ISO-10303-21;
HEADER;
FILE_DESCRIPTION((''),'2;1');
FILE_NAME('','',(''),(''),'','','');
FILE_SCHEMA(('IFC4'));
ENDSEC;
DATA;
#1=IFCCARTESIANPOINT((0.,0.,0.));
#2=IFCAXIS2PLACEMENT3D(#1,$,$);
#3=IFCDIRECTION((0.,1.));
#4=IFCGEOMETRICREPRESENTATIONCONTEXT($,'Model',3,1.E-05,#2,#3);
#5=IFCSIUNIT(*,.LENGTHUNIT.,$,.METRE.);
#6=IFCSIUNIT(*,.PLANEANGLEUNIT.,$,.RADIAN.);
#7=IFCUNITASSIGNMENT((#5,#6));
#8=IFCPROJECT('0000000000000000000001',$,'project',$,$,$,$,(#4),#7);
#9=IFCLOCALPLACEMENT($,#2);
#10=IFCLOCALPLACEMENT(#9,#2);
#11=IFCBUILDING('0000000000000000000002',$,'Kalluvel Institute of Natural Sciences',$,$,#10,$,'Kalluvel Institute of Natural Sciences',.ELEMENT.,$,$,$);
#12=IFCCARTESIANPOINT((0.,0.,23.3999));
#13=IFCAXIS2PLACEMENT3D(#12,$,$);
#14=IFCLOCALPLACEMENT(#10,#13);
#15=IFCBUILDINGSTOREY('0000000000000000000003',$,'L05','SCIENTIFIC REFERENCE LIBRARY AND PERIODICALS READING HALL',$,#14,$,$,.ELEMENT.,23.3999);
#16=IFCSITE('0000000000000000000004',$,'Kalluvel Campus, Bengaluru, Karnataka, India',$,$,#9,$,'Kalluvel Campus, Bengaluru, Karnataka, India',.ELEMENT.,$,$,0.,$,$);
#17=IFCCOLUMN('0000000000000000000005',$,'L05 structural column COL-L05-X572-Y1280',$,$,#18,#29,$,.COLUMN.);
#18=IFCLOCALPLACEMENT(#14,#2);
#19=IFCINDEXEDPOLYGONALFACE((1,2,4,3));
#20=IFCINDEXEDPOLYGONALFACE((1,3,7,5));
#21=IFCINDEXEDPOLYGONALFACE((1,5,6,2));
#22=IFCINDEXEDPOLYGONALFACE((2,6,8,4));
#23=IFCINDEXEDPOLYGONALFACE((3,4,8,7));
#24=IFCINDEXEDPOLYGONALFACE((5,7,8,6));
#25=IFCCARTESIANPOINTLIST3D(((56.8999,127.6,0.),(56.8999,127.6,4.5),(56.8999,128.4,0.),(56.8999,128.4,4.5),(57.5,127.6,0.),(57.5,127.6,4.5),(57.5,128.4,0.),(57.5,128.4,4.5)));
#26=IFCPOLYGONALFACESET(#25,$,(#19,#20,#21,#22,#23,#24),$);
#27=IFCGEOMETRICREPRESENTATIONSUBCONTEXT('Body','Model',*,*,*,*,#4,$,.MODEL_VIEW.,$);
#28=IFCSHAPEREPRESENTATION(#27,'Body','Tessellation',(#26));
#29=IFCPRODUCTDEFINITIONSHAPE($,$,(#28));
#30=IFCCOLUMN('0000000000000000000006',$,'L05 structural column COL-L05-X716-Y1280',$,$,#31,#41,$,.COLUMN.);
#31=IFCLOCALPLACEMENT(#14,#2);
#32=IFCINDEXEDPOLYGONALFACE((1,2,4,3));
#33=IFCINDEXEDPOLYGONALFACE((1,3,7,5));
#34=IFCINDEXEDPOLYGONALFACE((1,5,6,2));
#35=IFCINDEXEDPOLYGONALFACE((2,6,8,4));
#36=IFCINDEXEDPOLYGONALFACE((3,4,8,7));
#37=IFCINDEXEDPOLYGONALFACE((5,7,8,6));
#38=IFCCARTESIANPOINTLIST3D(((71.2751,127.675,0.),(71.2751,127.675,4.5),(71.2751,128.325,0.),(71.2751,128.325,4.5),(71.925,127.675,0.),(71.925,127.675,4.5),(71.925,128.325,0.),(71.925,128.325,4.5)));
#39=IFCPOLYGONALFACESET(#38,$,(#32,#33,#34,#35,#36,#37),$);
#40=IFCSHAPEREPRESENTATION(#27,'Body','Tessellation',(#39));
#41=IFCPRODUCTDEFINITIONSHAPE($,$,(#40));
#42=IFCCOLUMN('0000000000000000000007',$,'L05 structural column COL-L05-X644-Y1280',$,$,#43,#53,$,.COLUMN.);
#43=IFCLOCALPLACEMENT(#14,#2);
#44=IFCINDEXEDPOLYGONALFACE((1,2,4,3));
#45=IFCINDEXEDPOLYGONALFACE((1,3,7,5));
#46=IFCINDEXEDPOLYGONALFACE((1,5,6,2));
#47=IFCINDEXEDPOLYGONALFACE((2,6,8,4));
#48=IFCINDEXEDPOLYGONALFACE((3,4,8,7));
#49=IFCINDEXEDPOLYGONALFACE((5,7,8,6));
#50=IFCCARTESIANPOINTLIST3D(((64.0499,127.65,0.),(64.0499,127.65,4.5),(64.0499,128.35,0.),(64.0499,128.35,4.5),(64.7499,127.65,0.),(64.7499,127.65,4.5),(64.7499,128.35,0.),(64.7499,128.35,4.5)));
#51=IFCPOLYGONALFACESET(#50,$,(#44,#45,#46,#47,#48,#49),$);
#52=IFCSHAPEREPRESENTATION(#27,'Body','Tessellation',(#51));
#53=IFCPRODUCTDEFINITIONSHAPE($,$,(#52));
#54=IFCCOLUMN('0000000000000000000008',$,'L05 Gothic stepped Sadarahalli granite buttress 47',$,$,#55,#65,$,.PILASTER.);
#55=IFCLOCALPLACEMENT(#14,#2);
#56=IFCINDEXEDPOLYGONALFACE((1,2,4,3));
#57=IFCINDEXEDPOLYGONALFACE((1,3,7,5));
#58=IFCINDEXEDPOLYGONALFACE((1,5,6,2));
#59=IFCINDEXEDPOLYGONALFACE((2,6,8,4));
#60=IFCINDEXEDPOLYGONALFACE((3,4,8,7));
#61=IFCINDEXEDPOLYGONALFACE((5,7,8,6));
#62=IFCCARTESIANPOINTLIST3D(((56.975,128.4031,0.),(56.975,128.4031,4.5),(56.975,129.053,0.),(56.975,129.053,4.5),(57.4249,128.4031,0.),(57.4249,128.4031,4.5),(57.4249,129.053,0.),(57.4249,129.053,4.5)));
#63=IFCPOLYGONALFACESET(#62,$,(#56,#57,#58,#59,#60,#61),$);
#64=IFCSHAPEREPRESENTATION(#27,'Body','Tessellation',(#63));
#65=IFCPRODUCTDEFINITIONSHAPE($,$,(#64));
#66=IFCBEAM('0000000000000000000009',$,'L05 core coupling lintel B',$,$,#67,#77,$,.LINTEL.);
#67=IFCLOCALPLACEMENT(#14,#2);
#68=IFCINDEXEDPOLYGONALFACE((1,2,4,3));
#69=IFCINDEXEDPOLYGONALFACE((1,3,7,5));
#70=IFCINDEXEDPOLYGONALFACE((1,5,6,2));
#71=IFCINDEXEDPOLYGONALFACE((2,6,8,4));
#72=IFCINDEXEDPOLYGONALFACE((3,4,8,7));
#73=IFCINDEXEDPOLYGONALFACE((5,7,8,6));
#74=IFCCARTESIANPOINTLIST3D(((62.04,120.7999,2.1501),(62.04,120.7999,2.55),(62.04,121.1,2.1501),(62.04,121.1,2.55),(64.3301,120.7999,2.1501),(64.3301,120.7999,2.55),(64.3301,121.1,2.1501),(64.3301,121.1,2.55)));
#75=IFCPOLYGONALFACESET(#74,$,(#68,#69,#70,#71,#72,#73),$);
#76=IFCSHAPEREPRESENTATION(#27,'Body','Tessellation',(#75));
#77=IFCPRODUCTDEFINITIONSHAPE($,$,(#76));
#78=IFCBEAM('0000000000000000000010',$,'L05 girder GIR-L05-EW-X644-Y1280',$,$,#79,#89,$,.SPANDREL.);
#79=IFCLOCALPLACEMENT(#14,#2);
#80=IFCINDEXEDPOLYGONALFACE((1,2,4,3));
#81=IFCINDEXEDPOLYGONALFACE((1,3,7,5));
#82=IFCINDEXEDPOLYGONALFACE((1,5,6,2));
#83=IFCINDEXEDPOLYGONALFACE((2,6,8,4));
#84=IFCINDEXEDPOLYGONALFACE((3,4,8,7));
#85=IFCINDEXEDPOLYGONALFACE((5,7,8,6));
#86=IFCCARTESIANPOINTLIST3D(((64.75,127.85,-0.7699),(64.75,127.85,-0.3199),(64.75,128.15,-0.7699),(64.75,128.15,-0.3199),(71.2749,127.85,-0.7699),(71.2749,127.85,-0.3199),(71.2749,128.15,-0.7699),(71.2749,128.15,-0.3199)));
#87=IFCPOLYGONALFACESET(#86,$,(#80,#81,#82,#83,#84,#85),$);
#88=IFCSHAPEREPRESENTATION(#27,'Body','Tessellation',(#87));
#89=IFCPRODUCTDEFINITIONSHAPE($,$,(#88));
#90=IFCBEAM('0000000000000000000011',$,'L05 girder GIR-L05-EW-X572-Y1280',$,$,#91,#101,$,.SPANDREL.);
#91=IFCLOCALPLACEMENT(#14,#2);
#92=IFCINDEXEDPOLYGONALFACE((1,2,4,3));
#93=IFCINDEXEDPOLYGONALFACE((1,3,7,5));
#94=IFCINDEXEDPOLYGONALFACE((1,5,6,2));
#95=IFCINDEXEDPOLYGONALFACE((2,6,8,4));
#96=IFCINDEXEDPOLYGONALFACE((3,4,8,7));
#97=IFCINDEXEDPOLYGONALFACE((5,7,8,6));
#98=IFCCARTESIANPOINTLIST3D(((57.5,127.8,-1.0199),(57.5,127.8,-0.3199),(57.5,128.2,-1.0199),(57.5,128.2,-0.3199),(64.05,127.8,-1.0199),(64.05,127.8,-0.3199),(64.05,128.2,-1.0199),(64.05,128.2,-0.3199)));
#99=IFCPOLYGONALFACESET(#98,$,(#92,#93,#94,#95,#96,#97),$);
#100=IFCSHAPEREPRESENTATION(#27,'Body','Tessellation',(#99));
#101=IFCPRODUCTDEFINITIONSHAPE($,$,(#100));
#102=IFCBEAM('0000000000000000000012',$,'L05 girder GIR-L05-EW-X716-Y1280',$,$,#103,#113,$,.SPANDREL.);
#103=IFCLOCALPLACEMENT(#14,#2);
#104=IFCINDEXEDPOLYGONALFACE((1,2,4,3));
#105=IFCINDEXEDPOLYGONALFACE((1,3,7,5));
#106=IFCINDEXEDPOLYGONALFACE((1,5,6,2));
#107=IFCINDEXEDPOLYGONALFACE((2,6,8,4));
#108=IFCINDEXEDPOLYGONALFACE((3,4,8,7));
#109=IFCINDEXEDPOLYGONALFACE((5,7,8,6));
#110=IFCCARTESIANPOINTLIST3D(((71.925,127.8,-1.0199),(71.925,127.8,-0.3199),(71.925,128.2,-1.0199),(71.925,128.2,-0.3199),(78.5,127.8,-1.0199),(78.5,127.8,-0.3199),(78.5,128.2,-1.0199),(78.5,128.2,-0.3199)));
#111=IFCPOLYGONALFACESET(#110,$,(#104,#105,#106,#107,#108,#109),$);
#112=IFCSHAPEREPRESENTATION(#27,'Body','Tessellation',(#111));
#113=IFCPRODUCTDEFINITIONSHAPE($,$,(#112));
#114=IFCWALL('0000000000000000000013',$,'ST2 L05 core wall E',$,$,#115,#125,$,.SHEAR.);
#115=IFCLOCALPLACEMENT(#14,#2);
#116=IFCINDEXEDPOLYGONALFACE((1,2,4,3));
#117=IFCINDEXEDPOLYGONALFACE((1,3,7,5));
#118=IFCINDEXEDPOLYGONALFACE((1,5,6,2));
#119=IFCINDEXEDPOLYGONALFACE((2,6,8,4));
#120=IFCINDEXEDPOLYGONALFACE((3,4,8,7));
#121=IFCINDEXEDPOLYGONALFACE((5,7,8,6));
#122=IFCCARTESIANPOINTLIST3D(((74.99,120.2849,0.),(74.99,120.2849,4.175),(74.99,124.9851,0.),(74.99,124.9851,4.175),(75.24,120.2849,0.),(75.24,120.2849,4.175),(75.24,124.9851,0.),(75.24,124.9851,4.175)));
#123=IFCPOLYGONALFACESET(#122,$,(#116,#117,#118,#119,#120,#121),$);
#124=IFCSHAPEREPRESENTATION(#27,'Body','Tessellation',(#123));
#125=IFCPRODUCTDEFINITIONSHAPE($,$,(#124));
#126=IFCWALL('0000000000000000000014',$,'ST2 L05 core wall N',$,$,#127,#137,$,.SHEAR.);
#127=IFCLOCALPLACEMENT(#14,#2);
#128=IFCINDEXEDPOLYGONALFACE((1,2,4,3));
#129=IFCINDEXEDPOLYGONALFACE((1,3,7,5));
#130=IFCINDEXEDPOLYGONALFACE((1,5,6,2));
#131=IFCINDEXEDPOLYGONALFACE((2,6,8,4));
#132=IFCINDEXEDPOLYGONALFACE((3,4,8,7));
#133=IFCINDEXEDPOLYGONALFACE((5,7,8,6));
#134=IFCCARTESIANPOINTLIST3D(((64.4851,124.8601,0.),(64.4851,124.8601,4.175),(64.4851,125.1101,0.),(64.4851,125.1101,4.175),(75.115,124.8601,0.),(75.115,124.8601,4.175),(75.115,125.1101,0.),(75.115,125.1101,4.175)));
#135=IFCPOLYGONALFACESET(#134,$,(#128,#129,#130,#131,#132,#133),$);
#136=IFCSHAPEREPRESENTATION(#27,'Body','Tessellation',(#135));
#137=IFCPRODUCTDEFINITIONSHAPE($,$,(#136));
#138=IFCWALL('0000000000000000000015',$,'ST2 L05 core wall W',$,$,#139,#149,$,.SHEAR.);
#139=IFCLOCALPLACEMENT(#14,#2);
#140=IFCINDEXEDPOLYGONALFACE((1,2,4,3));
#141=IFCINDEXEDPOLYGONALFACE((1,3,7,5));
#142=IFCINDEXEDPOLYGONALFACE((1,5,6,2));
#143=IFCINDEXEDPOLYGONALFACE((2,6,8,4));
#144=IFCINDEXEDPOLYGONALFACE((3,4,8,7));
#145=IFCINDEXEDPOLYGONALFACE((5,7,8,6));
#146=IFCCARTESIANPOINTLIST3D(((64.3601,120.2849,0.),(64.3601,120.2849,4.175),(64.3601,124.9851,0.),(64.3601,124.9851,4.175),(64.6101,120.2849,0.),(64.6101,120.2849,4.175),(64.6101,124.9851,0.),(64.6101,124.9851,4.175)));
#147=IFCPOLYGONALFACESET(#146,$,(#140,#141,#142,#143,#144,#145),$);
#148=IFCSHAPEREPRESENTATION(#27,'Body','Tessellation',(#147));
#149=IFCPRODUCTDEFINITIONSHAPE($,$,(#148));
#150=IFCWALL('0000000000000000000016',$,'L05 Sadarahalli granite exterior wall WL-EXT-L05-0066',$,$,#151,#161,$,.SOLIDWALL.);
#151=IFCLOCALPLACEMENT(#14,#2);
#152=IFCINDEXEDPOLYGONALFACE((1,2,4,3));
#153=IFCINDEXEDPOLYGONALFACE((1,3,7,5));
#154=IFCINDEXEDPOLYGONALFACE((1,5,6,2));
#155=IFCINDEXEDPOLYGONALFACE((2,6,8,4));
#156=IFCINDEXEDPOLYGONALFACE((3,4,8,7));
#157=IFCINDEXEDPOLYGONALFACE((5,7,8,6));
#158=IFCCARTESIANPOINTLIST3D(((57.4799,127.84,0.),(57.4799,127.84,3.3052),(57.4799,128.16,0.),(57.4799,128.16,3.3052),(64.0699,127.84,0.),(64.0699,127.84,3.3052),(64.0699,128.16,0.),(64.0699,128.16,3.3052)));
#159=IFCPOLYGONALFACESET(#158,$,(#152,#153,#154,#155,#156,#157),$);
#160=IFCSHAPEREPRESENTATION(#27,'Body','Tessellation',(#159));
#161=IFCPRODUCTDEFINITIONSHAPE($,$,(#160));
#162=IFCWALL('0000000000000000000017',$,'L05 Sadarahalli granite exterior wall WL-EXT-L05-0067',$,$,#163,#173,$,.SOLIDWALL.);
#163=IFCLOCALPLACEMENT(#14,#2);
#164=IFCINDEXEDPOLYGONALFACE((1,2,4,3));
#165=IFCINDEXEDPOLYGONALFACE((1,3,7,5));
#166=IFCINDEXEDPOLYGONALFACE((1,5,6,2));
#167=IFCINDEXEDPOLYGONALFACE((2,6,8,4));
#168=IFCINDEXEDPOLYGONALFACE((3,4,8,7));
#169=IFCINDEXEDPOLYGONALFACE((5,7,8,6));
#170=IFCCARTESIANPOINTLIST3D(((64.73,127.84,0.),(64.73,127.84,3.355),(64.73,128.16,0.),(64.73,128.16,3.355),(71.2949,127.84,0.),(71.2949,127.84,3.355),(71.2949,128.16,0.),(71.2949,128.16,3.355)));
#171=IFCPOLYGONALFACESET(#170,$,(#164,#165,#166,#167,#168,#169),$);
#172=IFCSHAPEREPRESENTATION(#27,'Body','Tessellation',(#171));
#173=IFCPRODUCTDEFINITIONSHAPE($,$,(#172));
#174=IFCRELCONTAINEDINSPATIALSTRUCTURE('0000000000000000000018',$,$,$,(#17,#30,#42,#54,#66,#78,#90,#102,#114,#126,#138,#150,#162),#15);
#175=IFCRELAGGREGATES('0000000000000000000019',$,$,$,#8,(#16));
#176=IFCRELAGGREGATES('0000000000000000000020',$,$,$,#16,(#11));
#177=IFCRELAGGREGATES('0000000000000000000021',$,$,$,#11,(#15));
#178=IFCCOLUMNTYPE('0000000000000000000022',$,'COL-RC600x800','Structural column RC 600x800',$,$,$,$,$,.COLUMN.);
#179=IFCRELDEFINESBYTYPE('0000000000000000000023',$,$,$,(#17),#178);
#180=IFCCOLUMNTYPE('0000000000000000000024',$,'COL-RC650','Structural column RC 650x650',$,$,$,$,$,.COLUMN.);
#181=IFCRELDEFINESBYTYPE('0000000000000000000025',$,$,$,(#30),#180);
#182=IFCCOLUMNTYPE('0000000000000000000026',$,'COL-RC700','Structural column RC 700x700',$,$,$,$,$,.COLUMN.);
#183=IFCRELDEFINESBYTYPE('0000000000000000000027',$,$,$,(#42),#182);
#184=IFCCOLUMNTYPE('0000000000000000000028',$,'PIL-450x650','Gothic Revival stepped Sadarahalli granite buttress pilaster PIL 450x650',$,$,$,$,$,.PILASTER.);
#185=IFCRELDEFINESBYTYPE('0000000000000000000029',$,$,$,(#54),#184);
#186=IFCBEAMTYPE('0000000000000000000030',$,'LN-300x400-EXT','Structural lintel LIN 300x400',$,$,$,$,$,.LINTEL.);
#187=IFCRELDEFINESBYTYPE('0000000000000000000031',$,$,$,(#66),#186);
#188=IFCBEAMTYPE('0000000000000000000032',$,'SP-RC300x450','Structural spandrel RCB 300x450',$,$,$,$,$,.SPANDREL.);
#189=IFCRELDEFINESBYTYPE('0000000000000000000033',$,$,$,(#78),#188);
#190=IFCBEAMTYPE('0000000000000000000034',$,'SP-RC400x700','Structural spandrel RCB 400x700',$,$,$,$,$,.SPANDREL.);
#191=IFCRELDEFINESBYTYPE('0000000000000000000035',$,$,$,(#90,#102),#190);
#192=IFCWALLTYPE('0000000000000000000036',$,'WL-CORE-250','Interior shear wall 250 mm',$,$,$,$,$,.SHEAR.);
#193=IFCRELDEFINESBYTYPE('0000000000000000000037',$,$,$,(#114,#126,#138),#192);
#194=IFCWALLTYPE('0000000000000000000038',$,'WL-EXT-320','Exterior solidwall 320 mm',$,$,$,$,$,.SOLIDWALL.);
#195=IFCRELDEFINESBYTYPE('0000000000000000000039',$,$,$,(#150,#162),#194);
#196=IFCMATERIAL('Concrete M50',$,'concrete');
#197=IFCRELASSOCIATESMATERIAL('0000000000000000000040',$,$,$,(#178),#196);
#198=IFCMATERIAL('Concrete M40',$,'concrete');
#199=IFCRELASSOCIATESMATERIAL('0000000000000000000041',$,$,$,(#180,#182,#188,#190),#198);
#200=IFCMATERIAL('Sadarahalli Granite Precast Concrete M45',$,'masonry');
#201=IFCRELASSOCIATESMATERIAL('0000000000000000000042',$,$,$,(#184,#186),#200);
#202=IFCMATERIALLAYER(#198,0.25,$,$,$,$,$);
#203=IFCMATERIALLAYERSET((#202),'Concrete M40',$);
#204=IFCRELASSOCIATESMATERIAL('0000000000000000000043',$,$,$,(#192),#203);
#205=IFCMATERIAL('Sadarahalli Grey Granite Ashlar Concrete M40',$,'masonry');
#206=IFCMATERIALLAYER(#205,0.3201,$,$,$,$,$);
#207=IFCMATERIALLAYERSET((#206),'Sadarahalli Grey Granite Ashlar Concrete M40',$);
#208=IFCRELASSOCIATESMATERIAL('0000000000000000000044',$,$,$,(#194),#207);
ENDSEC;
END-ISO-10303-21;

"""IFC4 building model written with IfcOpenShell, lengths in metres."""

from ifc_helpers import new_model, si_unit, direction, frame, frame_2d, origin, origin_2d, place, context, subcontext, project, spatial, rectangle, extrude, material, layer, layer_set, material_profile, profile_set, type_object, element, save


model = new_model("IFC4")

# Units and contexts
model_context = context("Model", 3, precision=1e-05, world=origin(), true_north=direction((0.0, 1.0)))
body_context = subcontext(model_context, "Body", "Model", "MODEL_VIEW")
ifc_project = project(units=[si_unit("LENGTHUNIT", "METRE"), si_unit("PLANEANGLEUNIT", "RADIAN")], contexts=[model_context])

# Site, building, storey
site_placement = place(None, origin())
site = spatial("IfcSite", under=ifc_project, at=site_placement, Name="Kalluvel Campus, Bengaluru, Karnataka, India", LongName="Kalluvel Campus, Bengaluru, Karnataka, India", CompositionType="ELEMENT", RefElevation=0.0)
building_placement = place(site_placement, origin())
building = spatial("IfcBuilding", under=site, at=building_placement, Name="Kalluvel Institute of Natural Sciences", LongName="Kalluvel Institute of Natural Sciences", CompositionType="ELEMENT")
storey_placement = place(building_placement, frame((0.0, 0.0, 23.3999)))
storey = spatial("IfcBuildingStorey", under=building, at=storey_placement, Name="L05", Description="SCIENTIFIC REFERENCE LIBRARY AND PERIODICALS READING HALL", CompositionType="ELEMENT", Elevation=23.3999)

# Columns
ifc_material_1 = material(Name="Concrete M50", Category="concrete")
ifc_material_profile_1 = material_profile(ifc_material_1, rectangle(XDim=0.6001, YDim=0.8, at=origin_2d()), Name="RC 600x800")
ifc_profile_set_1 = profile_set([ifc_material_profile_1], Name="Concrete M50")
column_type_1 = type_object("IfcColumnType", Name="COL-RC600x800", Description="Structural column RC 600x800", PredefinedType="COLUMN", material=ifc_profile_set_1)
column_1_placement = place(storey_placement, frame((57.2, 128.0, 0.0), z_axis=(0.0, 0.0, 1.0), x_axis=(1.0, 0.0, 0.0)))
element("IfcColumn", 1, at=column_1_placement, inside=storey, type_object=column_type_1, Name="L05 structural column COL-L05-X572-Y1280", PredefinedType="COLUMN", context=body_context, shape_type="SweptSolid", body=[
    extrude(rectangle(XDim=0.6001, YDim=0.8, at=origin_2d()), origin(), (0.0, 0.0, 1.0), 4.5),
])
ifc_material_2 = material(Name="Concrete M40", Category="concrete")
ifc_material_profile_2 = material_profile(ifc_material_2, rectangle(XDim=0.6499, YDim=0.6499, at=origin_2d()), Name="RC 650x650")
ifc_profile_set_2 = profile_set([ifc_material_profile_2], Name="Concrete M40")
column_type_2 = type_object("IfcColumnType", Name="COL-RC650", Description="Structural column RC 650x650", PredefinedType="COLUMN", material=ifc_profile_set_2)
column_2_placement = place(storey_placement, frame((71.6001, 128.0, 0.0), z_axis=(0.0, 0.0, 1.0), x_axis=(1.0, 0.0, 0.0)))
element("IfcColumn", 2, at=column_2_placement, inside=storey, type_object=column_type_2, Name="L05 structural column COL-L05-X716-Y1280", PredefinedType="COLUMN", context=body_context, shape_type="SweptSolid", body=[
    extrude(rectangle(XDim=0.6499, YDim=0.6499, at=origin_2d()), origin(), (0.0, 0.0, 1.0), 4.5),
])
ifc_material_profile_3 = material_profile(ifc_material_2, rectangle(XDim=0.7, YDim=0.7, at=origin_2d()), Name="RC 700x700")
ifc_profile_set_3 = profile_set([ifc_material_profile_3], Name="Concrete M40")
column_type_3 = type_object("IfcColumnType", Name="COL-RC700", Description="Structural column RC 700x700", PredefinedType="COLUMN", material=ifc_profile_set_3)
column_3_placement = place(storey_placement, frame((64.3999, 128.0, 0.0), z_axis=(0.0, 0.0, 1.0), x_axis=(1.0, 0.0, 0.0)))
element("IfcColumn", 3, at=column_3_placement, inside=storey, type_object=column_type_3, Name="L05 structural column COL-L05-X644-Y1280", PredefinedType="COLUMN", context=body_context, shape_type="SweptSolid", body=[
    extrude(rectangle(XDim=0.7, YDim=0.7, at=origin_2d()), origin(), (0.0, 0.0, 1.0), 4.5),
])
ifc_material_3 = material(Name="Sadarahalli Granite Precast Concrete M45", Category="masonry")
ifc_material_profile_4 = material_profile(ifc_material_3, rectangle(XDim=0.45, YDim=0.6499, at=origin_2d()), Name="PIL 450x650")
ifc_profile_set_4 = profile_set([ifc_material_profile_4], Name="Sadarahalli Granite Precast Concrete M45")
column_type_4 = type_object("IfcColumnType", Name="PIL-450x650", Description="Gothic Revival stepped Sadarahalli granite buttress pilaster PIL 450x650", PredefinedType="PILASTER", material=ifc_profile_set_4)
column_4_placement = place(storey_placement, frame((57.2, 128.728, 0.0), z_axis=(0.0, 0.0, 1.0), x_axis=(1.0, 0.0, 0.0)))
element("IfcColumn", 4, at=column_4_placement, inside=storey, type_object=column_type_4, Name="L05 Gothic stepped Sadarahalli granite buttress 47", PredefinedType="PILASTER", context=body_context, shape_type="SweptSolid", body=[
    extrude(rectangle(XDim=0.45, YDim=0.6499, at=origin_2d()), origin(), (0.0, 0.0, 1.0), 4.5),
])

# Beams
ifc_material_profile_5 = material_profile(ifc_material_3, rectangle(XDim=0.3, YDim=0.3999, at=origin_2d()), Name="LIN 300x400")
ifc_profile_set_5 = profile_set([ifc_material_profile_5], Name="Sadarahalli Granite Precast Concrete M45")
beam_type_1 = type_object("IfcBeamType", Name="LN-300x400-EXT", Description="Structural lintel LIN 300x400", PredefinedType="LINTEL", material=ifc_profile_set_5)
beam_1_placement = place(storey_placement, frame((62.04, 120.95, 2.3501), z_axis=(1.0, 0.0, 0.0), x_axis=(0.0, 1.0, 0.0)))
element("IfcBeam", 5, at=beam_1_placement, inside=storey, type_object=beam_type_1, Name="L05 core coupling lintel B", PredefinedType="LINTEL", context=body_context, shape_type="SweptSolid", body=[
    extrude(rectangle(XDim=0.3, YDim=0.3999, at=origin_2d()), origin(), (0.0, 0.0, 1.0), 2.29),
])
ifc_material_profile_6 = material_profile(ifc_material_2, rectangle(XDim=0.3, YDim=0.45, at=origin_2d()), Name="RCB 300x450")
ifc_profile_set_6 = profile_set([ifc_material_profile_6], Name="Concrete M40")
beam_type_2 = type_object("IfcBeamType", Name="SP-RC300x450", Description="Structural spandrel RCB 300x450", PredefinedType="SPANDREL", material=ifc_profile_set_6)
beam_2_placement = place(storey_placement, frame((64.75, 128.0, -0.5449), z_axis=(1.0, 0.0, 0.0), x_axis=(0.0, 1.0, 0.0)))
element("IfcBeam", 6, at=beam_2_placement, inside=storey, type_object=beam_type_2, Name="L05 girder GIR-L05-EW-X644-Y1280", PredefinedType="SPANDREL", context=body_context, shape_type="SweptSolid", body=[
    extrude(rectangle(XDim=0.3, YDim=0.45, at=origin_2d()), origin(), (0.0, 0.0, 1.0), 6.5249),
])
ifc_material_profile_7 = material_profile(ifc_material_2, rectangle(XDim=0.3999, YDim=0.7, at=origin_2d()), Name="RCB 400x700")
ifc_profile_set_7 = profile_set([ifc_material_profile_7], Name="Concrete M40")
beam_type_3 = type_object("IfcBeamType", Name="SP-RC400x700", Description="Structural spandrel RCB 400x700", PredefinedType="SPANDREL", material=ifc_profile_set_7)
beam_3_placement = place(storey_placement, frame((57.5, 128.0, -0.6699), z_axis=(1.0, 0.0, 0.0), x_axis=(0.0, 1.0, 0.0)))
element("IfcBeam", 7, at=beam_3_placement, inside=storey, type_object=beam_type_3, Name="L05 girder GIR-L05-EW-X572-Y1280", PredefinedType="SPANDREL", context=body_context, shape_type="SweptSolid", body=[
    extrude(rectangle(XDim=0.3999, YDim=0.7, at=origin_2d()), origin(), (0.0, 0.0, 1.0), 6.55),
])
beam_4_placement = place(storey_placement, frame((71.925, 128.0, -0.6699), z_axis=(1.0, 0.0, 0.0), x_axis=(0.0, 1.0, 0.0)))
element("IfcBeam", 8, at=beam_4_placement, inside=storey, type_object=beam_type_3, Name="L05 girder GIR-L05-EW-X716-Y1280", PredefinedType="SPANDREL", context=body_context, shape_type="SweptSolid", body=[
    extrude(rectangle(XDim=0.3999, YDim=0.7, at=origin_2d()), origin(), (0.0, 0.0, 1.0), 6.575),
])

# Walls
ifc_layer_1 = layer(ifc_material_2, 0.25)
ifc_layer_set_1 = layer_set([ifc_layer_1], Name="Concrete M40")
wall_type_1 = type_object("IfcWallType", Name="WL-CORE-250", Description="Interior shear wall 250 mm", PredefinedType="SHEAR", material=ifc_layer_set_1)
wall_1_placement = place(storey_placement, frame((75.115, 120.2849, 0.0), z_axis=(0.0, 0.0, 1.0), x_axis=(0.0, 1.0, 0.0)))
element("IfcWall", 9, at=wall_1_placement, inside=storey, type_object=wall_type_1, Name="ST2 L05 core wall E", PredefinedType="SHEAR", context=body_context, shape_type="SweptSolid", body=[
    extrude(rectangle(XDim=4.7002, YDim=0.25, at=frame_2d((2.3501, 0.0))), origin(), (0.0, 0.0, 1.0), 4.175),
])
wall_2_placement = place(storey_placement, frame((75.115, 124.9851, 0.0), z_axis=(0.0, 0.0, 1.0), x_axis=(-1.0, 0.0, 0.0)))
element("IfcWall", 10, at=wall_2_placement, inside=storey, type_object=wall_type_1, Name="ST2 L05 core wall N", PredefinedType="SHEAR", context=body_context, shape_type="SweptSolid", body=[
    extrude(rectangle(XDim=10.6299, YDim=0.25, at=frame_2d((5.3149, 0.0))), origin(), (0.0, 0.0, 1.0), 4.175),
])
wall_3_placement = place(storey_placement, frame((64.4851, 124.9851, 0.0), z_axis=(0.0, 0.0, 1.0), x_axis=(0.0, -1.0, 0.0)))
element("IfcWall", 11, at=wall_3_placement, inside=storey, type_object=wall_type_1, Name="ST2 L05 core wall W", PredefinedType="SHEAR", context=body_context, shape_type="SweptSolid", body=[
    extrude(rectangle(XDim=4.7002, YDim=0.25, at=frame_2d((2.3501, 0.0))), origin(), (0.0, 0.0, 1.0), 4.175),
])
ifc_material_4 = material(Name="Sadarahalli Grey Granite Ashlar Concrete M40", Category="masonry")
ifc_layer_2 = layer(ifc_material_4, 0.3201)
ifc_layer_set_2 = layer_set([ifc_layer_2], Name="Sadarahalli Grey Granite Ashlar Concrete M40")
wall_type_2 = type_object("IfcWallType", Name="WL-EXT-320", Description="Exterior solidwall 320 mm", PredefinedType="SOLIDWALL", material=ifc_layer_set_2)
wall_4_placement = place(storey_placement, frame((57.48, 128.0, 0.0), z_axis=(0.0, 0.0, 1.0), x_axis=(1.0, 0.0, 0.0)))
element("IfcWall", 12, at=wall_4_placement, inside=storey, type_object=wall_type_2, Name="L05 Sadarahalli granite exterior wall WL-EXT-L05-0066", PredefinedType="SOLIDWALL", context=body_context, shape_type="SweptSolid", body=[
    extrude(rectangle(XDim=6.5901, YDim=0.3201, at=frame_2d((3.2949, 0.0))), origin(), (0.0, 0.0, 1.0), 3.3052),
])
wall_5_placement = place(storey_placement, frame((64.73, 128.0, 0.0), z_axis=(0.0, 0.0, 1.0), x_axis=(1.0, 0.0, 0.0)))
element("IfcWall", 13, at=wall_5_placement, inside=storey, type_object=wall_type_2, Name="L05 Sadarahalli granite exterior wall WL-EXT-L05-0067", PredefinedType="SOLIDWALL", context=body_context, shape_type="SweptSolid", body=[
    extrude(rectangle(XDim=6.5649, YDim=0.3201, at=frame_2d((3.2825, 0.0))), origin(), (0.0, 0.0, 1.0), 3.355),
])

save(model, "model.ifc")
